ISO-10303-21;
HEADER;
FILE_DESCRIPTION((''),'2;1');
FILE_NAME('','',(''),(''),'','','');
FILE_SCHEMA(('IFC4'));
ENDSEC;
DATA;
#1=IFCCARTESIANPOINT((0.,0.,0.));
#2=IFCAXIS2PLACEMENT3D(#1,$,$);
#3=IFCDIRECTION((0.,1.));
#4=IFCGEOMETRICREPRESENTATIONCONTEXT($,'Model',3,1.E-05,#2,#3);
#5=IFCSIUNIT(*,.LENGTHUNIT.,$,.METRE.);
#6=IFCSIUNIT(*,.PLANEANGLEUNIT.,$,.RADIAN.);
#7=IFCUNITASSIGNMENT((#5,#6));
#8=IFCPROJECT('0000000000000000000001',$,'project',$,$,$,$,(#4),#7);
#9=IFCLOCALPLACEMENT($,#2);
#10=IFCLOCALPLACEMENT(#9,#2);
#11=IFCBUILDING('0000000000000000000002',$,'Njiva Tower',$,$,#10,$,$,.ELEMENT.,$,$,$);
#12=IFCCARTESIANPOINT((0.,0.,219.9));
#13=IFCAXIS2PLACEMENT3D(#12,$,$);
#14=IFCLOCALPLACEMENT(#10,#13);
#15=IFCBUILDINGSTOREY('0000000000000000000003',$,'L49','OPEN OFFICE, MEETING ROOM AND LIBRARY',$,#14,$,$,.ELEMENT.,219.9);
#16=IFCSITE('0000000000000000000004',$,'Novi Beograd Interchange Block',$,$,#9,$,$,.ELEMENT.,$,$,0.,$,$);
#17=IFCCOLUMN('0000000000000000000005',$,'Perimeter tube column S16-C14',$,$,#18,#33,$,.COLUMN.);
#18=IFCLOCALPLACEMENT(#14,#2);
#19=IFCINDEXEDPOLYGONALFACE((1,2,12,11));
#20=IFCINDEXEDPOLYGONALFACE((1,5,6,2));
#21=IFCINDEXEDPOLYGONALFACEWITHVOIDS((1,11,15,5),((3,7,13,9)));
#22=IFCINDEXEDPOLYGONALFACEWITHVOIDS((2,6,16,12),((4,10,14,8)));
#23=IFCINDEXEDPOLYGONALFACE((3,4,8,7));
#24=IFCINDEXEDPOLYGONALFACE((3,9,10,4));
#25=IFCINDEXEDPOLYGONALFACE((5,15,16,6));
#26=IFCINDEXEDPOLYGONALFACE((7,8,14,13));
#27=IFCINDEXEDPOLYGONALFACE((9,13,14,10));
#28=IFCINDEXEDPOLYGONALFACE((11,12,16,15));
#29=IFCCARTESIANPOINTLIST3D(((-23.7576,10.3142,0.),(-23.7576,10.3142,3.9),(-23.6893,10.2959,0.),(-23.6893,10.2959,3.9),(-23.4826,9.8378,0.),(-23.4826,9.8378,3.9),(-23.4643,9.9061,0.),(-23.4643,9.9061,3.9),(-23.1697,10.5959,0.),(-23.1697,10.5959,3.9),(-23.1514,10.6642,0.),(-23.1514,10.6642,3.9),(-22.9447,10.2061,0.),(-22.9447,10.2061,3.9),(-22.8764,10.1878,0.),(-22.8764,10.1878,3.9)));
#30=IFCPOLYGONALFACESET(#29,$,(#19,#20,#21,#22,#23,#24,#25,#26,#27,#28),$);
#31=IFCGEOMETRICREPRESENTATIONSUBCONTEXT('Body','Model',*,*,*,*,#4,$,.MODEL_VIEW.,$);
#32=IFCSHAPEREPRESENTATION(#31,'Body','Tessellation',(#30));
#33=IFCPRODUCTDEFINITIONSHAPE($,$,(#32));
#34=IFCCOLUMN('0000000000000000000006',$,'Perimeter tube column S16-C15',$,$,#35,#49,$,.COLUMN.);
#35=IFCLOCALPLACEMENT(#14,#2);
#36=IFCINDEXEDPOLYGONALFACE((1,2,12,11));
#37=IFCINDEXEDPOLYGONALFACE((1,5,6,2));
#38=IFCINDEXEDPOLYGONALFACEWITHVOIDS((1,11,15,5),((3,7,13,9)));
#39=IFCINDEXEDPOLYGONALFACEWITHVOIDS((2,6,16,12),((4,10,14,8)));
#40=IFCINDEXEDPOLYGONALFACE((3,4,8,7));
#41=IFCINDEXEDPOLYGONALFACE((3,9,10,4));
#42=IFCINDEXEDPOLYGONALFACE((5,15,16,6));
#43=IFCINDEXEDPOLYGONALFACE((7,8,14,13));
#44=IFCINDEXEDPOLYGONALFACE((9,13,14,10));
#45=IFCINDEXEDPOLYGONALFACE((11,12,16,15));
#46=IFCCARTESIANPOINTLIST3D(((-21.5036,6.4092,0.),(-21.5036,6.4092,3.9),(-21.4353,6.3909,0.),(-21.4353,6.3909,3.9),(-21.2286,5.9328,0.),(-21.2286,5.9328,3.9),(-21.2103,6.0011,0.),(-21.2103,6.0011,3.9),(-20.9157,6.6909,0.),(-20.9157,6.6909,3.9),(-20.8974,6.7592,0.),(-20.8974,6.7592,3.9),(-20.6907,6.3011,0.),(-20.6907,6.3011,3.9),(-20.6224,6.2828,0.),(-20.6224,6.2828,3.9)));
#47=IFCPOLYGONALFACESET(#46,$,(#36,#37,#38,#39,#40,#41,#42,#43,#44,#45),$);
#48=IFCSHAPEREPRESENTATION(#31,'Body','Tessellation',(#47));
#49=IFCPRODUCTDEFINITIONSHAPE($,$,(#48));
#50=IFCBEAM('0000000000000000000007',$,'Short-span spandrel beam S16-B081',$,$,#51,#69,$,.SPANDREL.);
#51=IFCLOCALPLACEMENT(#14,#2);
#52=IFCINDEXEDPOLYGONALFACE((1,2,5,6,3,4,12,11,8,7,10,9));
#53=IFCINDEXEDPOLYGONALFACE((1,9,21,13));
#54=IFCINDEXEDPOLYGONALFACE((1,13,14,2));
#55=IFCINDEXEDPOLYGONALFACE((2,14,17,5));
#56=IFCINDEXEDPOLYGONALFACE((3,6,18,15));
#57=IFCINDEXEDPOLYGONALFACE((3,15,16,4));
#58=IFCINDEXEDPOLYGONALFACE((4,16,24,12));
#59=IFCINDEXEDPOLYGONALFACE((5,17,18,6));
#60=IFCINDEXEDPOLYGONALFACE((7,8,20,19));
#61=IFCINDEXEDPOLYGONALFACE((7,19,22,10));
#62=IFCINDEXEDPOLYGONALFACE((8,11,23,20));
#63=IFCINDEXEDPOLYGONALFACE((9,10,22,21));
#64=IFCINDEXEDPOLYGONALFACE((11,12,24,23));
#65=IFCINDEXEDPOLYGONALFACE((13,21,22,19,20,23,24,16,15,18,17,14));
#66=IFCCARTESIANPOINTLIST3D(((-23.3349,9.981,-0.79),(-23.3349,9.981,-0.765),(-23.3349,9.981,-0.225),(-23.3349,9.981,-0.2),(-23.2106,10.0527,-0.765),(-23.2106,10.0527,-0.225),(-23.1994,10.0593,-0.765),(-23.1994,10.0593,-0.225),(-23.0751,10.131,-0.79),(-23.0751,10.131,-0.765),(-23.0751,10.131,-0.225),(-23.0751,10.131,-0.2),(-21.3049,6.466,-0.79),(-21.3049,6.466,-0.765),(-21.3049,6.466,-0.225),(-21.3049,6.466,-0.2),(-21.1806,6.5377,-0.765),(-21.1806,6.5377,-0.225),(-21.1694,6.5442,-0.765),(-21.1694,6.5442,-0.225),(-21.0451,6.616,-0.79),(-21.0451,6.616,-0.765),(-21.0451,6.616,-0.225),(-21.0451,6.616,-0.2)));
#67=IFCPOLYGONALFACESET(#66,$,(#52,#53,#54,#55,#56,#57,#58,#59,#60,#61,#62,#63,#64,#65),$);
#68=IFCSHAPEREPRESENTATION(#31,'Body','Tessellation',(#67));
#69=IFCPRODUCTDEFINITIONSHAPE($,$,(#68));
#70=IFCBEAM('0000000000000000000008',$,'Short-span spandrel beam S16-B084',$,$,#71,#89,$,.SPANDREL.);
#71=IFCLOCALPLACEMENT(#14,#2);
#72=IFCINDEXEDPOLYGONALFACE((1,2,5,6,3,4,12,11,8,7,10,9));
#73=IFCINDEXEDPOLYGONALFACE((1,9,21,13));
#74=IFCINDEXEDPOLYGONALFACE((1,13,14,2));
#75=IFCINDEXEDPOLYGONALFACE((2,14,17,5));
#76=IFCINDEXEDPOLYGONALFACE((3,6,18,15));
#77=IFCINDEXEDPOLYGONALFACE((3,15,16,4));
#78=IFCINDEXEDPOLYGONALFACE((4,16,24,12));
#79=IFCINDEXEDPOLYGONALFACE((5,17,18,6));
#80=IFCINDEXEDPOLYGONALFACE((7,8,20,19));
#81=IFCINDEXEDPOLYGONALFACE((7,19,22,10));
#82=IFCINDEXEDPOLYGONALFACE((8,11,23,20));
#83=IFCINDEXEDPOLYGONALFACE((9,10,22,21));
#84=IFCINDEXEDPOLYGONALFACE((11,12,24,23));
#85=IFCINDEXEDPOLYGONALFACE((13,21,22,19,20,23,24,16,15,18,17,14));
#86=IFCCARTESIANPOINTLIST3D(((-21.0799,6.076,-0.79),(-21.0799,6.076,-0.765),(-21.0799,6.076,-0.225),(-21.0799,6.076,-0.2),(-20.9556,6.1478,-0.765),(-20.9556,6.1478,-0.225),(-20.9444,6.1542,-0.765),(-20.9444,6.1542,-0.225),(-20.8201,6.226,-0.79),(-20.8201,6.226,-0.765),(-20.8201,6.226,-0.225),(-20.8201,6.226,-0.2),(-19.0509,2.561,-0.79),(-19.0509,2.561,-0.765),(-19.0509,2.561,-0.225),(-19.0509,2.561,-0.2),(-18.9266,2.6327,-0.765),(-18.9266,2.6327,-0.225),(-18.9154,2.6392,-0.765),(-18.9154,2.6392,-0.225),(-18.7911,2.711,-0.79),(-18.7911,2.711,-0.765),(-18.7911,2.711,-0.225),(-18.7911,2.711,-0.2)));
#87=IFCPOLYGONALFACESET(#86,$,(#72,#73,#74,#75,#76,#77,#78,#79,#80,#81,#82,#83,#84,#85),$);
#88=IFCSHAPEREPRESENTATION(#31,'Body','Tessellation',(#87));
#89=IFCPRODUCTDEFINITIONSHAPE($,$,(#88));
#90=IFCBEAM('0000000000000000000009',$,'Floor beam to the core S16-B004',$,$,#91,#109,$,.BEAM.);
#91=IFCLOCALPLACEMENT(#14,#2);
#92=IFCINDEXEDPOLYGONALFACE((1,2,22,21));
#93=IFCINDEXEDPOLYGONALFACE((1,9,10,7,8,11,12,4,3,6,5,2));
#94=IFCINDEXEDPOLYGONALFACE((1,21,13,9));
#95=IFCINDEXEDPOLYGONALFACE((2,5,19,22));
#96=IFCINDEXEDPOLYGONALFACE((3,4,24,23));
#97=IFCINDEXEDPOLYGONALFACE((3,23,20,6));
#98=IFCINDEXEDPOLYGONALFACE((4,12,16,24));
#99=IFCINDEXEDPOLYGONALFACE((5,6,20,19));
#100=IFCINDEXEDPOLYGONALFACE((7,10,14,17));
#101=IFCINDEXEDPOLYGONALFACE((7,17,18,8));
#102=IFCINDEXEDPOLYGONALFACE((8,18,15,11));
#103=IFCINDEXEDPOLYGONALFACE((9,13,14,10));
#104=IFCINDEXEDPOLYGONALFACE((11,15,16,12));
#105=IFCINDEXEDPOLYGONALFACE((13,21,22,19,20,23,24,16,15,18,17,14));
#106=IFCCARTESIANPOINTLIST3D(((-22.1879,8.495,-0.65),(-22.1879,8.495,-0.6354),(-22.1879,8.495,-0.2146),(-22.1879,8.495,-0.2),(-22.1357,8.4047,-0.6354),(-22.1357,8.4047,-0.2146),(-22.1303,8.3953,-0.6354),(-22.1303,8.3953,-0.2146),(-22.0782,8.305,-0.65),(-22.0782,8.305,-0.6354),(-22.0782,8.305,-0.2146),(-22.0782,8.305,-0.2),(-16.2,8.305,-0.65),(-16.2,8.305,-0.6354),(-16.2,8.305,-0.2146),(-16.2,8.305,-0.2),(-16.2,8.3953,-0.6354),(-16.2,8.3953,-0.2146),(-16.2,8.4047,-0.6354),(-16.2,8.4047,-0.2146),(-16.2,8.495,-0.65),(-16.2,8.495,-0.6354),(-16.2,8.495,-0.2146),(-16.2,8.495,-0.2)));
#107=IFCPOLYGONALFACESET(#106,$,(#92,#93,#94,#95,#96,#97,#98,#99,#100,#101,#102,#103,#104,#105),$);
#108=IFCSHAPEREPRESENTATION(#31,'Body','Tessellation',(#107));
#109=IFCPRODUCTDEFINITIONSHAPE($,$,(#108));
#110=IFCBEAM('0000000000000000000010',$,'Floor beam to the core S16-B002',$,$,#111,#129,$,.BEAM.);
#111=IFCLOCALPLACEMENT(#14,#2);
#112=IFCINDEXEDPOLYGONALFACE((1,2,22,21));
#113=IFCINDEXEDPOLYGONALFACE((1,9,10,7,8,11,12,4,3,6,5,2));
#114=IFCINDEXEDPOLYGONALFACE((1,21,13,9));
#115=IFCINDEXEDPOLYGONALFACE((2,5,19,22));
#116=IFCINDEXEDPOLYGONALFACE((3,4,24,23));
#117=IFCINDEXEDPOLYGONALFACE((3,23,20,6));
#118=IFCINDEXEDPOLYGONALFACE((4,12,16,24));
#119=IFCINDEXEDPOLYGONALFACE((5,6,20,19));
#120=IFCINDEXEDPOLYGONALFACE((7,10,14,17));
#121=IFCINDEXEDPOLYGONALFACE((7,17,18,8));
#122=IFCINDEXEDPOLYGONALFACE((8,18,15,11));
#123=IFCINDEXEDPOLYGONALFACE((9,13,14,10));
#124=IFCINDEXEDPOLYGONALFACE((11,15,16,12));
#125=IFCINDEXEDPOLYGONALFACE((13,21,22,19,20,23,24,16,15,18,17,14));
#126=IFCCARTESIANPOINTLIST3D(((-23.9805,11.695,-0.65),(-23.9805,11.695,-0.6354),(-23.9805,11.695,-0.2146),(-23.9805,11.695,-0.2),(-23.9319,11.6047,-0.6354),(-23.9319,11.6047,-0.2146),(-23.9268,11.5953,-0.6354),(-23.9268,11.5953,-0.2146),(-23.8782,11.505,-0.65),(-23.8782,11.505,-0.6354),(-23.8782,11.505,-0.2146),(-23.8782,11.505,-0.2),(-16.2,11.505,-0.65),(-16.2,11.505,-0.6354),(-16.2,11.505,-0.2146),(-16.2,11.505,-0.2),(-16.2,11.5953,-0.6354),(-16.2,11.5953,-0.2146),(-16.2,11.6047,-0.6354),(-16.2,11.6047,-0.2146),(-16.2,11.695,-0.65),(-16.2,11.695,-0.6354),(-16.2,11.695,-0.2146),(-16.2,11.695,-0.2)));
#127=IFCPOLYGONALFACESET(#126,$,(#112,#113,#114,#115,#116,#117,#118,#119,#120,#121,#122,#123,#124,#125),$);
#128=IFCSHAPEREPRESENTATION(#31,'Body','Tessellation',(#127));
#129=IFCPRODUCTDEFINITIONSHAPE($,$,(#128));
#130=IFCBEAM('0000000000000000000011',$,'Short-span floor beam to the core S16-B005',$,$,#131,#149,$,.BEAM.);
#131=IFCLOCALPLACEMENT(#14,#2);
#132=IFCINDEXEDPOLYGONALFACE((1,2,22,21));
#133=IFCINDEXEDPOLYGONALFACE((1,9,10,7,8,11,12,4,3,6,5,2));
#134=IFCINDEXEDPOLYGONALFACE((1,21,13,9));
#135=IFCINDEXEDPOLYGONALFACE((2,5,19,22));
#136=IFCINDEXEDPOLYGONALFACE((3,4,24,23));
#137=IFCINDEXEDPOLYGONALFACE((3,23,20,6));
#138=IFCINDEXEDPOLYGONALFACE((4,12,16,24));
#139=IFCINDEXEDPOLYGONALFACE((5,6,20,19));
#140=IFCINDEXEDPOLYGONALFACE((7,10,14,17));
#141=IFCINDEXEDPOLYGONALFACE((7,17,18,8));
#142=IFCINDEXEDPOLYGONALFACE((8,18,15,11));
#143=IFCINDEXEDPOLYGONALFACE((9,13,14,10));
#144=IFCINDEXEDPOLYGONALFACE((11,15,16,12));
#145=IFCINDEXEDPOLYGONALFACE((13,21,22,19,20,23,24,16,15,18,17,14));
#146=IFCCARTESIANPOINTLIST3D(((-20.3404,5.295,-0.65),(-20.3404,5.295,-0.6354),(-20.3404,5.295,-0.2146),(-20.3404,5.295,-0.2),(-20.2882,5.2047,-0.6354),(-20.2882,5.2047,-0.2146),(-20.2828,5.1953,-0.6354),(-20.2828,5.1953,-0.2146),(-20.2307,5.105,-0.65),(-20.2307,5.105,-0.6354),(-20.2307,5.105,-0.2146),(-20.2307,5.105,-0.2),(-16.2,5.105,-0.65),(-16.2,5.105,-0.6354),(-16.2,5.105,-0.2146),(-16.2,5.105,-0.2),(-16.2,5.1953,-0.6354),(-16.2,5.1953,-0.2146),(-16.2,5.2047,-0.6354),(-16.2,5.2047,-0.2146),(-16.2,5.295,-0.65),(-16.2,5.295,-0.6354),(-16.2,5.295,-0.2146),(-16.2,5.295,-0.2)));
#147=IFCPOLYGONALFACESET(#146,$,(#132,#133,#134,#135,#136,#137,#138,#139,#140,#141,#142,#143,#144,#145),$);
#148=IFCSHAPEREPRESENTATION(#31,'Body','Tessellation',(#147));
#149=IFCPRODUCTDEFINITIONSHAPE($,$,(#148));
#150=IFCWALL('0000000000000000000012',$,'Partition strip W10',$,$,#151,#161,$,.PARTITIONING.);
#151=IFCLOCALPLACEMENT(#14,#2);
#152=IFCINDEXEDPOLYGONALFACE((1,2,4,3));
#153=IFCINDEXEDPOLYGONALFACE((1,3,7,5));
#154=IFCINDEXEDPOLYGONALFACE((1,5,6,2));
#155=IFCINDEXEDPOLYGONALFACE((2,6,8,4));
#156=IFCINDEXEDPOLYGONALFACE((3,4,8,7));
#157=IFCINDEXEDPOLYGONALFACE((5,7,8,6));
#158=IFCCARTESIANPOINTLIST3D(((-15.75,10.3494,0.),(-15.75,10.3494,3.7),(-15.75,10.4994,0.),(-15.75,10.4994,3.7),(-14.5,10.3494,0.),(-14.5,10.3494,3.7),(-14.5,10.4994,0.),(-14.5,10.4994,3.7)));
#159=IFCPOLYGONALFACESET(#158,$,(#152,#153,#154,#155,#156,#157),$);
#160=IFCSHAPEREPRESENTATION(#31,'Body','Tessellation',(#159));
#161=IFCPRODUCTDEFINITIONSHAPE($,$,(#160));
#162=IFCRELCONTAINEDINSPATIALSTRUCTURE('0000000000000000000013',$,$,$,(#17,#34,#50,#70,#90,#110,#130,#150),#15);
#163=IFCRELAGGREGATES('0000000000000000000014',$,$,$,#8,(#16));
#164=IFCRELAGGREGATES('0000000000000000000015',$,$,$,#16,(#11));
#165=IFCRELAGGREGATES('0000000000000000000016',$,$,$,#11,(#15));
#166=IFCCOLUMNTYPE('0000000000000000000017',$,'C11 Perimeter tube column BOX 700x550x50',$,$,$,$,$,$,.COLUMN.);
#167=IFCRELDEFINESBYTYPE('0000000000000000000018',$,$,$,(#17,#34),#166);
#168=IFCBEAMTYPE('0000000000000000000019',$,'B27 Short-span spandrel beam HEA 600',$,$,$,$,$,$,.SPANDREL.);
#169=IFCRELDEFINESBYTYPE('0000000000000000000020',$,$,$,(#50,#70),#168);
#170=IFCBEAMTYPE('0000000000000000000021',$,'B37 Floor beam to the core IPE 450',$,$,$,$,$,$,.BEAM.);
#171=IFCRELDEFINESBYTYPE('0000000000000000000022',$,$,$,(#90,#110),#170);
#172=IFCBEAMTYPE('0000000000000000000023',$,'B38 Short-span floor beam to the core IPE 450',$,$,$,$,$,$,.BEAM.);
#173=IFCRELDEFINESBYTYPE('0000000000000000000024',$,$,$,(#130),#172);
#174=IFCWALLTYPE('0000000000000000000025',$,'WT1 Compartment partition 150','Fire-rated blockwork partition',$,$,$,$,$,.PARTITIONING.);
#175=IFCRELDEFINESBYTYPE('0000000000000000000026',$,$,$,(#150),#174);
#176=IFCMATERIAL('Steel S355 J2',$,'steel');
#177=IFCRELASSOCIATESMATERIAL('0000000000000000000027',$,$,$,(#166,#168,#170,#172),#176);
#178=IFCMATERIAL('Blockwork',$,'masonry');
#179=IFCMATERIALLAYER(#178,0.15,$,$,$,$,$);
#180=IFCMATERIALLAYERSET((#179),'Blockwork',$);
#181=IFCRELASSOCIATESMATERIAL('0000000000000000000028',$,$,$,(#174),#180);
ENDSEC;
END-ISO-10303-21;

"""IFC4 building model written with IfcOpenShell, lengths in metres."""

from ifc_helpers import new_model, si_unit, direction, frame, frame_2d, origin, origin_2d, place, context, subcontext, project, spatial, rectangle, hollow_rectangle, i_section, extrude, clip, halfspace, material, layer, layer_set, material_profile, profile_set, type_object, element, save


model = new_model("IFC4")

# Units and contexts
model_context = context("Model", 3, precision=1e-05, world=origin(), true_north=direction((0.0, 1.0)))
body_context = subcontext(model_context, "Body", "Model", "MODEL_VIEW")
ifc_project = project(units=[si_unit("LENGTHUNIT", "METRE"), si_unit("PLANEANGLEUNIT", "RADIAN")], contexts=[model_context])

# Site, building, storey
site_placement = place(None, origin())
site = spatial("IfcSite", under=ifc_project, at=site_placement, Name="Novi Beograd Interchange Block", CompositionType="ELEMENT", RefElevation=0.0)
building_placement = place(site_placement, origin())
building = spatial("IfcBuilding", under=site, at=building_placement, Name="Njiva Tower", CompositionType="ELEMENT")
storey_placement = place(building_placement, frame((0.0, 0.0, 219.9)))
storey = spatial("IfcBuildingStorey", under=building, at=storey_placement, Name="L49", Description="OPEN OFFICE, MEETING ROOM AND LIBRARY", CompositionType="ELEMENT", Elevation=219.9)

# Columns
ifc_material_1 = material(Name="Steel S355 J2", Category="steel")
ifc_material_profile_1 = material_profile(ifc_material_1, hollow_rectangle(XDim=0.55, YDim=0.7, WallThickness=0.05, at=origin_2d()), Name="BOX 700x550x50")
ifc_profile_set_1 = profile_set([ifc_material_profile_1], Name="Steel S355 J2")
column_type = type_object("IfcColumnType", Name="C11 Perimeter tube column BOX 700x550x50", PredefinedType="COLUMN", material=ifc_profile_set_1)
for number, where, z_axis, x_axis, name in (
    (1, (-23.317, 10.251, 0.0), (0.0, 0.0, 1.0), (0.5, -0.866025, 0.0), "Perimeter tube column S16-C14"),
    (2, (-21.063, 6.346, 0.0), (0.0, 0.0, 1.0), (0.5, -0.866025, 0.0), "Perimeter tube column S16-C15"),
):
    element("IfcColumn", number, at=place(storey_placement, frame(where, z_axis=z_axis, x_axis=x_axis)), inside=storey, type_object=column_type, Name=name, PredefinedType="COLUMN", context=body_context, shape_type="SweptSolid", body=[
        extrude(hollow_rectangle(XDim=0.55, YDim=0.7, WallThickness=0.05, at=origin_2d()), origin(), (0.0, 0.0, 1.0), 3.9),
    ])

# Beams
ifc_material_profile_2 = material_profile(ifc_material_1, i_section(OverallWidth=0.3, OverallDepth=0.59, WebThickness=0.013, FlangeThickness=0.025, at=origin_2d()), Name="HEA 600")
ifc_profile_set_2 = profile_set([ifc_material_profile_2], Name="Steel S355 J2")
beam_type_1 = type_object("IfcBeamType", Name="B27 Short-span spandrel beam HEA 600", PredefinedType="SPANDREL", material=ifc_profile_set_2)
beam_1_placement = place(storey_placement, frame((-23.205, 10.056, -0.495), z_axis=(0.500113, -0.86596, 0.0), x_axis=(0.86596, 0.500113, 0.0)))
element("IfcBeam", 3, at=beam_1_placement, inside=storey, type_object=beam_type_1, Name="Short-span spandrel beam S16-B081", PredefinedType="SPANDREL", context=body_context, shape_type="SweptSolid", body=[
    extrude(i_section(OverallWidth=0.3, OverallDepth=0.59, WebThickness=0.013, FlangeThickness=0.025, at=origin_2d()), origin(), (0.0, 0.0, 1.0), 4.0591),
])
beam_2_placement = place(storey_placement, frame((-20.95, 6.151, -0.495), z_axis=(0.499929, -0.866067, 0.0), x_axis=(0.866067, 0.499929, 0.0)))
element("IfcBeam", 4, at=beam_2_placement, inside=storey, type_object=beam_type_1, Name="Short-span spandrel beam S16-B084", PredefinedType="SPANDREL", context=body_context, shape_type="SweptSolid", body=[
    extrude(i_section(OverallWidth=0.3, OverallDepth=0.59, WebThickness=0.013, FlangeThickness=0.025, at=origin_2d()), origin(), (0.0, 0.0, 1.0), 4.0586),
])
ifc_material_profile_3 = material_profile(ifc_material_1, i_section(OverallWidth=0.19, OverallDepth=0.45, WebThickness=0.0094, FlangeThickness=0.0146, at=origin_2d()), Name="IPE 450")
ifc_profile_set_3 = profile_set([ifc_material_profile_3], Name="Steel S355 J2")
beam_type_2 = type_object("IfcBeamType", Name="B37 Floor beam to the core IPE 450", PredefinedType="BEAM", material=ifc_profile_set_3)
beam_3_placement = place(storey_placement, frame((-22.208, 8.4, -0.425), z_axis=(1.0, 0.0, 0.0), x_axis=(0.0, 1.0, 0.0)))
element("IfcBeam", 5, at=beam_3_placement, inside=storey, type_object=beam_type_2, Name="Floor beam to the core S16-B004", PredefinedType="BEAM", context=body_context, shape_type="Clipping", body=[
    clip(extrude(i_section(OverallWidth=0.19, OverallDepth=0.45, WebThickness=0.0094, FlangeThickness=0.0146, at=origin_2d()), origin(), (0.0, 0.0, 1.0), 6.008), halfspace(frame((-0.025, 0.0, 0.0894), z_axis=(-0.499998, 0.0, -0.866027), x_axis=(0.0, -1.0, 0.0)), False)),
])
beam_4_placement = place(storey_placement, frame((-24.0, 11.6, -0.425), z_axis=(1.0, 0.0, 0.0), x_axis=(0.0, 1.0, 0.0)))
element("IfcBeam", 6, at=beam_4_placement, inside=storey, type_object=beam_type_2, Name="Floor beam to the core S16-B002", PredefinedType="BEAM", context=body_context, shape_type="Clipping", body=[
    clip(extrude(i_section(OverallWidth=0.19, OverallDepth=0.45, WebThickness=0.0094, FlangeThickness=0.0146, at=origin_2d()), origin(), (0.0, 0.0, 1.0), 7.8), halfspace(frame((-0.0237, 0.0, 0.0834), z_axis=(-0.473777, 0.0, -0.880645), x_axis=(0.0, -1.0, 0.0)), False)),
])
ifc_material_profile_4 = material_profile(ifc_material_1, i_section(OverallWidth=0.19, OverallDepth=0.45, WebThickness=0.0094, FlangeThickness=0.0146, at=origin_2d()), Name="IPE 450")
ifc_profile_set_4 = profile_set([ifc_material_profile_4], Name="Steel S355 J2")
beam_type_3 = type_object("IfcBeamType", Name="B38 Short-span floor beam to the core IPE 450", PredefinedType="BEAM", material=ifc_profile_set_4)
beam_5_placement = place(storey_placement, frame((-20.361, 5.2, -0.425), z_axis=(1.0, 0.0, 0.0), x_axis=(0.0, 1.0, 0.0)))
element("IfcBeam", 7, at=beam_5_placement, inside=storey, type_object=beam_type_3, Name="Short-span floor beam to the core S16-B005", PredefinedType="BEAM", context=body_context, shape_type="Clipping", body=[
    clip(extrude(i_section(OverallWidth=0.19, OverallDepth=0.45, WebThickness=0.0094, FlangeThickness=0.0146, at=origin_2d()), origin(), (0.0, 0.0, 1.0), 4.161), halfspace(frame((-0.025, 0.0, 0.0899), z_axis=(-0.499998, 0.0, -0.866027), x_axis=(0.0, -1.0, 0.0)), False)),
])

# Wall
ifc_material_2 = material(Name="Blockwork", Category="masonry")
ifc_layer_1 = layer(ifc_material_2, 0.15)
ifc_layer_set_1 = layer_set([ifc_layer_1], Name="Blockwork")
wall_type_1 = type_object("IfcWallType", Name="WT1 Compartment partition 150", Description="Fire-rated blockwork partition", PredefinedType="PARTITIONING", material=ifc_layer_set_1)
wall_1_placement = place(storey_placement, frame((-15.75, 10.4244, 0.0), z_axis=(0.0, 0.0, 1.0), x_axis=(1.0, 0.0, 0.0)))
element("IfcWall", 8, at=wall_1_placement, inside=storey, type_object=wall_type_1, Name="Partition strip W10", PredefinedType="PARTITIONING", context=body_context, shape_type="SweptSolid", body=[
    extrude(rectangle(XDim=1.25, YDim=0.15, at=frame_2d((0.625, 0.0))), origin(), (0.0, 0.0, 1.0), 3.7),
])

save(model, "model.ifc")
